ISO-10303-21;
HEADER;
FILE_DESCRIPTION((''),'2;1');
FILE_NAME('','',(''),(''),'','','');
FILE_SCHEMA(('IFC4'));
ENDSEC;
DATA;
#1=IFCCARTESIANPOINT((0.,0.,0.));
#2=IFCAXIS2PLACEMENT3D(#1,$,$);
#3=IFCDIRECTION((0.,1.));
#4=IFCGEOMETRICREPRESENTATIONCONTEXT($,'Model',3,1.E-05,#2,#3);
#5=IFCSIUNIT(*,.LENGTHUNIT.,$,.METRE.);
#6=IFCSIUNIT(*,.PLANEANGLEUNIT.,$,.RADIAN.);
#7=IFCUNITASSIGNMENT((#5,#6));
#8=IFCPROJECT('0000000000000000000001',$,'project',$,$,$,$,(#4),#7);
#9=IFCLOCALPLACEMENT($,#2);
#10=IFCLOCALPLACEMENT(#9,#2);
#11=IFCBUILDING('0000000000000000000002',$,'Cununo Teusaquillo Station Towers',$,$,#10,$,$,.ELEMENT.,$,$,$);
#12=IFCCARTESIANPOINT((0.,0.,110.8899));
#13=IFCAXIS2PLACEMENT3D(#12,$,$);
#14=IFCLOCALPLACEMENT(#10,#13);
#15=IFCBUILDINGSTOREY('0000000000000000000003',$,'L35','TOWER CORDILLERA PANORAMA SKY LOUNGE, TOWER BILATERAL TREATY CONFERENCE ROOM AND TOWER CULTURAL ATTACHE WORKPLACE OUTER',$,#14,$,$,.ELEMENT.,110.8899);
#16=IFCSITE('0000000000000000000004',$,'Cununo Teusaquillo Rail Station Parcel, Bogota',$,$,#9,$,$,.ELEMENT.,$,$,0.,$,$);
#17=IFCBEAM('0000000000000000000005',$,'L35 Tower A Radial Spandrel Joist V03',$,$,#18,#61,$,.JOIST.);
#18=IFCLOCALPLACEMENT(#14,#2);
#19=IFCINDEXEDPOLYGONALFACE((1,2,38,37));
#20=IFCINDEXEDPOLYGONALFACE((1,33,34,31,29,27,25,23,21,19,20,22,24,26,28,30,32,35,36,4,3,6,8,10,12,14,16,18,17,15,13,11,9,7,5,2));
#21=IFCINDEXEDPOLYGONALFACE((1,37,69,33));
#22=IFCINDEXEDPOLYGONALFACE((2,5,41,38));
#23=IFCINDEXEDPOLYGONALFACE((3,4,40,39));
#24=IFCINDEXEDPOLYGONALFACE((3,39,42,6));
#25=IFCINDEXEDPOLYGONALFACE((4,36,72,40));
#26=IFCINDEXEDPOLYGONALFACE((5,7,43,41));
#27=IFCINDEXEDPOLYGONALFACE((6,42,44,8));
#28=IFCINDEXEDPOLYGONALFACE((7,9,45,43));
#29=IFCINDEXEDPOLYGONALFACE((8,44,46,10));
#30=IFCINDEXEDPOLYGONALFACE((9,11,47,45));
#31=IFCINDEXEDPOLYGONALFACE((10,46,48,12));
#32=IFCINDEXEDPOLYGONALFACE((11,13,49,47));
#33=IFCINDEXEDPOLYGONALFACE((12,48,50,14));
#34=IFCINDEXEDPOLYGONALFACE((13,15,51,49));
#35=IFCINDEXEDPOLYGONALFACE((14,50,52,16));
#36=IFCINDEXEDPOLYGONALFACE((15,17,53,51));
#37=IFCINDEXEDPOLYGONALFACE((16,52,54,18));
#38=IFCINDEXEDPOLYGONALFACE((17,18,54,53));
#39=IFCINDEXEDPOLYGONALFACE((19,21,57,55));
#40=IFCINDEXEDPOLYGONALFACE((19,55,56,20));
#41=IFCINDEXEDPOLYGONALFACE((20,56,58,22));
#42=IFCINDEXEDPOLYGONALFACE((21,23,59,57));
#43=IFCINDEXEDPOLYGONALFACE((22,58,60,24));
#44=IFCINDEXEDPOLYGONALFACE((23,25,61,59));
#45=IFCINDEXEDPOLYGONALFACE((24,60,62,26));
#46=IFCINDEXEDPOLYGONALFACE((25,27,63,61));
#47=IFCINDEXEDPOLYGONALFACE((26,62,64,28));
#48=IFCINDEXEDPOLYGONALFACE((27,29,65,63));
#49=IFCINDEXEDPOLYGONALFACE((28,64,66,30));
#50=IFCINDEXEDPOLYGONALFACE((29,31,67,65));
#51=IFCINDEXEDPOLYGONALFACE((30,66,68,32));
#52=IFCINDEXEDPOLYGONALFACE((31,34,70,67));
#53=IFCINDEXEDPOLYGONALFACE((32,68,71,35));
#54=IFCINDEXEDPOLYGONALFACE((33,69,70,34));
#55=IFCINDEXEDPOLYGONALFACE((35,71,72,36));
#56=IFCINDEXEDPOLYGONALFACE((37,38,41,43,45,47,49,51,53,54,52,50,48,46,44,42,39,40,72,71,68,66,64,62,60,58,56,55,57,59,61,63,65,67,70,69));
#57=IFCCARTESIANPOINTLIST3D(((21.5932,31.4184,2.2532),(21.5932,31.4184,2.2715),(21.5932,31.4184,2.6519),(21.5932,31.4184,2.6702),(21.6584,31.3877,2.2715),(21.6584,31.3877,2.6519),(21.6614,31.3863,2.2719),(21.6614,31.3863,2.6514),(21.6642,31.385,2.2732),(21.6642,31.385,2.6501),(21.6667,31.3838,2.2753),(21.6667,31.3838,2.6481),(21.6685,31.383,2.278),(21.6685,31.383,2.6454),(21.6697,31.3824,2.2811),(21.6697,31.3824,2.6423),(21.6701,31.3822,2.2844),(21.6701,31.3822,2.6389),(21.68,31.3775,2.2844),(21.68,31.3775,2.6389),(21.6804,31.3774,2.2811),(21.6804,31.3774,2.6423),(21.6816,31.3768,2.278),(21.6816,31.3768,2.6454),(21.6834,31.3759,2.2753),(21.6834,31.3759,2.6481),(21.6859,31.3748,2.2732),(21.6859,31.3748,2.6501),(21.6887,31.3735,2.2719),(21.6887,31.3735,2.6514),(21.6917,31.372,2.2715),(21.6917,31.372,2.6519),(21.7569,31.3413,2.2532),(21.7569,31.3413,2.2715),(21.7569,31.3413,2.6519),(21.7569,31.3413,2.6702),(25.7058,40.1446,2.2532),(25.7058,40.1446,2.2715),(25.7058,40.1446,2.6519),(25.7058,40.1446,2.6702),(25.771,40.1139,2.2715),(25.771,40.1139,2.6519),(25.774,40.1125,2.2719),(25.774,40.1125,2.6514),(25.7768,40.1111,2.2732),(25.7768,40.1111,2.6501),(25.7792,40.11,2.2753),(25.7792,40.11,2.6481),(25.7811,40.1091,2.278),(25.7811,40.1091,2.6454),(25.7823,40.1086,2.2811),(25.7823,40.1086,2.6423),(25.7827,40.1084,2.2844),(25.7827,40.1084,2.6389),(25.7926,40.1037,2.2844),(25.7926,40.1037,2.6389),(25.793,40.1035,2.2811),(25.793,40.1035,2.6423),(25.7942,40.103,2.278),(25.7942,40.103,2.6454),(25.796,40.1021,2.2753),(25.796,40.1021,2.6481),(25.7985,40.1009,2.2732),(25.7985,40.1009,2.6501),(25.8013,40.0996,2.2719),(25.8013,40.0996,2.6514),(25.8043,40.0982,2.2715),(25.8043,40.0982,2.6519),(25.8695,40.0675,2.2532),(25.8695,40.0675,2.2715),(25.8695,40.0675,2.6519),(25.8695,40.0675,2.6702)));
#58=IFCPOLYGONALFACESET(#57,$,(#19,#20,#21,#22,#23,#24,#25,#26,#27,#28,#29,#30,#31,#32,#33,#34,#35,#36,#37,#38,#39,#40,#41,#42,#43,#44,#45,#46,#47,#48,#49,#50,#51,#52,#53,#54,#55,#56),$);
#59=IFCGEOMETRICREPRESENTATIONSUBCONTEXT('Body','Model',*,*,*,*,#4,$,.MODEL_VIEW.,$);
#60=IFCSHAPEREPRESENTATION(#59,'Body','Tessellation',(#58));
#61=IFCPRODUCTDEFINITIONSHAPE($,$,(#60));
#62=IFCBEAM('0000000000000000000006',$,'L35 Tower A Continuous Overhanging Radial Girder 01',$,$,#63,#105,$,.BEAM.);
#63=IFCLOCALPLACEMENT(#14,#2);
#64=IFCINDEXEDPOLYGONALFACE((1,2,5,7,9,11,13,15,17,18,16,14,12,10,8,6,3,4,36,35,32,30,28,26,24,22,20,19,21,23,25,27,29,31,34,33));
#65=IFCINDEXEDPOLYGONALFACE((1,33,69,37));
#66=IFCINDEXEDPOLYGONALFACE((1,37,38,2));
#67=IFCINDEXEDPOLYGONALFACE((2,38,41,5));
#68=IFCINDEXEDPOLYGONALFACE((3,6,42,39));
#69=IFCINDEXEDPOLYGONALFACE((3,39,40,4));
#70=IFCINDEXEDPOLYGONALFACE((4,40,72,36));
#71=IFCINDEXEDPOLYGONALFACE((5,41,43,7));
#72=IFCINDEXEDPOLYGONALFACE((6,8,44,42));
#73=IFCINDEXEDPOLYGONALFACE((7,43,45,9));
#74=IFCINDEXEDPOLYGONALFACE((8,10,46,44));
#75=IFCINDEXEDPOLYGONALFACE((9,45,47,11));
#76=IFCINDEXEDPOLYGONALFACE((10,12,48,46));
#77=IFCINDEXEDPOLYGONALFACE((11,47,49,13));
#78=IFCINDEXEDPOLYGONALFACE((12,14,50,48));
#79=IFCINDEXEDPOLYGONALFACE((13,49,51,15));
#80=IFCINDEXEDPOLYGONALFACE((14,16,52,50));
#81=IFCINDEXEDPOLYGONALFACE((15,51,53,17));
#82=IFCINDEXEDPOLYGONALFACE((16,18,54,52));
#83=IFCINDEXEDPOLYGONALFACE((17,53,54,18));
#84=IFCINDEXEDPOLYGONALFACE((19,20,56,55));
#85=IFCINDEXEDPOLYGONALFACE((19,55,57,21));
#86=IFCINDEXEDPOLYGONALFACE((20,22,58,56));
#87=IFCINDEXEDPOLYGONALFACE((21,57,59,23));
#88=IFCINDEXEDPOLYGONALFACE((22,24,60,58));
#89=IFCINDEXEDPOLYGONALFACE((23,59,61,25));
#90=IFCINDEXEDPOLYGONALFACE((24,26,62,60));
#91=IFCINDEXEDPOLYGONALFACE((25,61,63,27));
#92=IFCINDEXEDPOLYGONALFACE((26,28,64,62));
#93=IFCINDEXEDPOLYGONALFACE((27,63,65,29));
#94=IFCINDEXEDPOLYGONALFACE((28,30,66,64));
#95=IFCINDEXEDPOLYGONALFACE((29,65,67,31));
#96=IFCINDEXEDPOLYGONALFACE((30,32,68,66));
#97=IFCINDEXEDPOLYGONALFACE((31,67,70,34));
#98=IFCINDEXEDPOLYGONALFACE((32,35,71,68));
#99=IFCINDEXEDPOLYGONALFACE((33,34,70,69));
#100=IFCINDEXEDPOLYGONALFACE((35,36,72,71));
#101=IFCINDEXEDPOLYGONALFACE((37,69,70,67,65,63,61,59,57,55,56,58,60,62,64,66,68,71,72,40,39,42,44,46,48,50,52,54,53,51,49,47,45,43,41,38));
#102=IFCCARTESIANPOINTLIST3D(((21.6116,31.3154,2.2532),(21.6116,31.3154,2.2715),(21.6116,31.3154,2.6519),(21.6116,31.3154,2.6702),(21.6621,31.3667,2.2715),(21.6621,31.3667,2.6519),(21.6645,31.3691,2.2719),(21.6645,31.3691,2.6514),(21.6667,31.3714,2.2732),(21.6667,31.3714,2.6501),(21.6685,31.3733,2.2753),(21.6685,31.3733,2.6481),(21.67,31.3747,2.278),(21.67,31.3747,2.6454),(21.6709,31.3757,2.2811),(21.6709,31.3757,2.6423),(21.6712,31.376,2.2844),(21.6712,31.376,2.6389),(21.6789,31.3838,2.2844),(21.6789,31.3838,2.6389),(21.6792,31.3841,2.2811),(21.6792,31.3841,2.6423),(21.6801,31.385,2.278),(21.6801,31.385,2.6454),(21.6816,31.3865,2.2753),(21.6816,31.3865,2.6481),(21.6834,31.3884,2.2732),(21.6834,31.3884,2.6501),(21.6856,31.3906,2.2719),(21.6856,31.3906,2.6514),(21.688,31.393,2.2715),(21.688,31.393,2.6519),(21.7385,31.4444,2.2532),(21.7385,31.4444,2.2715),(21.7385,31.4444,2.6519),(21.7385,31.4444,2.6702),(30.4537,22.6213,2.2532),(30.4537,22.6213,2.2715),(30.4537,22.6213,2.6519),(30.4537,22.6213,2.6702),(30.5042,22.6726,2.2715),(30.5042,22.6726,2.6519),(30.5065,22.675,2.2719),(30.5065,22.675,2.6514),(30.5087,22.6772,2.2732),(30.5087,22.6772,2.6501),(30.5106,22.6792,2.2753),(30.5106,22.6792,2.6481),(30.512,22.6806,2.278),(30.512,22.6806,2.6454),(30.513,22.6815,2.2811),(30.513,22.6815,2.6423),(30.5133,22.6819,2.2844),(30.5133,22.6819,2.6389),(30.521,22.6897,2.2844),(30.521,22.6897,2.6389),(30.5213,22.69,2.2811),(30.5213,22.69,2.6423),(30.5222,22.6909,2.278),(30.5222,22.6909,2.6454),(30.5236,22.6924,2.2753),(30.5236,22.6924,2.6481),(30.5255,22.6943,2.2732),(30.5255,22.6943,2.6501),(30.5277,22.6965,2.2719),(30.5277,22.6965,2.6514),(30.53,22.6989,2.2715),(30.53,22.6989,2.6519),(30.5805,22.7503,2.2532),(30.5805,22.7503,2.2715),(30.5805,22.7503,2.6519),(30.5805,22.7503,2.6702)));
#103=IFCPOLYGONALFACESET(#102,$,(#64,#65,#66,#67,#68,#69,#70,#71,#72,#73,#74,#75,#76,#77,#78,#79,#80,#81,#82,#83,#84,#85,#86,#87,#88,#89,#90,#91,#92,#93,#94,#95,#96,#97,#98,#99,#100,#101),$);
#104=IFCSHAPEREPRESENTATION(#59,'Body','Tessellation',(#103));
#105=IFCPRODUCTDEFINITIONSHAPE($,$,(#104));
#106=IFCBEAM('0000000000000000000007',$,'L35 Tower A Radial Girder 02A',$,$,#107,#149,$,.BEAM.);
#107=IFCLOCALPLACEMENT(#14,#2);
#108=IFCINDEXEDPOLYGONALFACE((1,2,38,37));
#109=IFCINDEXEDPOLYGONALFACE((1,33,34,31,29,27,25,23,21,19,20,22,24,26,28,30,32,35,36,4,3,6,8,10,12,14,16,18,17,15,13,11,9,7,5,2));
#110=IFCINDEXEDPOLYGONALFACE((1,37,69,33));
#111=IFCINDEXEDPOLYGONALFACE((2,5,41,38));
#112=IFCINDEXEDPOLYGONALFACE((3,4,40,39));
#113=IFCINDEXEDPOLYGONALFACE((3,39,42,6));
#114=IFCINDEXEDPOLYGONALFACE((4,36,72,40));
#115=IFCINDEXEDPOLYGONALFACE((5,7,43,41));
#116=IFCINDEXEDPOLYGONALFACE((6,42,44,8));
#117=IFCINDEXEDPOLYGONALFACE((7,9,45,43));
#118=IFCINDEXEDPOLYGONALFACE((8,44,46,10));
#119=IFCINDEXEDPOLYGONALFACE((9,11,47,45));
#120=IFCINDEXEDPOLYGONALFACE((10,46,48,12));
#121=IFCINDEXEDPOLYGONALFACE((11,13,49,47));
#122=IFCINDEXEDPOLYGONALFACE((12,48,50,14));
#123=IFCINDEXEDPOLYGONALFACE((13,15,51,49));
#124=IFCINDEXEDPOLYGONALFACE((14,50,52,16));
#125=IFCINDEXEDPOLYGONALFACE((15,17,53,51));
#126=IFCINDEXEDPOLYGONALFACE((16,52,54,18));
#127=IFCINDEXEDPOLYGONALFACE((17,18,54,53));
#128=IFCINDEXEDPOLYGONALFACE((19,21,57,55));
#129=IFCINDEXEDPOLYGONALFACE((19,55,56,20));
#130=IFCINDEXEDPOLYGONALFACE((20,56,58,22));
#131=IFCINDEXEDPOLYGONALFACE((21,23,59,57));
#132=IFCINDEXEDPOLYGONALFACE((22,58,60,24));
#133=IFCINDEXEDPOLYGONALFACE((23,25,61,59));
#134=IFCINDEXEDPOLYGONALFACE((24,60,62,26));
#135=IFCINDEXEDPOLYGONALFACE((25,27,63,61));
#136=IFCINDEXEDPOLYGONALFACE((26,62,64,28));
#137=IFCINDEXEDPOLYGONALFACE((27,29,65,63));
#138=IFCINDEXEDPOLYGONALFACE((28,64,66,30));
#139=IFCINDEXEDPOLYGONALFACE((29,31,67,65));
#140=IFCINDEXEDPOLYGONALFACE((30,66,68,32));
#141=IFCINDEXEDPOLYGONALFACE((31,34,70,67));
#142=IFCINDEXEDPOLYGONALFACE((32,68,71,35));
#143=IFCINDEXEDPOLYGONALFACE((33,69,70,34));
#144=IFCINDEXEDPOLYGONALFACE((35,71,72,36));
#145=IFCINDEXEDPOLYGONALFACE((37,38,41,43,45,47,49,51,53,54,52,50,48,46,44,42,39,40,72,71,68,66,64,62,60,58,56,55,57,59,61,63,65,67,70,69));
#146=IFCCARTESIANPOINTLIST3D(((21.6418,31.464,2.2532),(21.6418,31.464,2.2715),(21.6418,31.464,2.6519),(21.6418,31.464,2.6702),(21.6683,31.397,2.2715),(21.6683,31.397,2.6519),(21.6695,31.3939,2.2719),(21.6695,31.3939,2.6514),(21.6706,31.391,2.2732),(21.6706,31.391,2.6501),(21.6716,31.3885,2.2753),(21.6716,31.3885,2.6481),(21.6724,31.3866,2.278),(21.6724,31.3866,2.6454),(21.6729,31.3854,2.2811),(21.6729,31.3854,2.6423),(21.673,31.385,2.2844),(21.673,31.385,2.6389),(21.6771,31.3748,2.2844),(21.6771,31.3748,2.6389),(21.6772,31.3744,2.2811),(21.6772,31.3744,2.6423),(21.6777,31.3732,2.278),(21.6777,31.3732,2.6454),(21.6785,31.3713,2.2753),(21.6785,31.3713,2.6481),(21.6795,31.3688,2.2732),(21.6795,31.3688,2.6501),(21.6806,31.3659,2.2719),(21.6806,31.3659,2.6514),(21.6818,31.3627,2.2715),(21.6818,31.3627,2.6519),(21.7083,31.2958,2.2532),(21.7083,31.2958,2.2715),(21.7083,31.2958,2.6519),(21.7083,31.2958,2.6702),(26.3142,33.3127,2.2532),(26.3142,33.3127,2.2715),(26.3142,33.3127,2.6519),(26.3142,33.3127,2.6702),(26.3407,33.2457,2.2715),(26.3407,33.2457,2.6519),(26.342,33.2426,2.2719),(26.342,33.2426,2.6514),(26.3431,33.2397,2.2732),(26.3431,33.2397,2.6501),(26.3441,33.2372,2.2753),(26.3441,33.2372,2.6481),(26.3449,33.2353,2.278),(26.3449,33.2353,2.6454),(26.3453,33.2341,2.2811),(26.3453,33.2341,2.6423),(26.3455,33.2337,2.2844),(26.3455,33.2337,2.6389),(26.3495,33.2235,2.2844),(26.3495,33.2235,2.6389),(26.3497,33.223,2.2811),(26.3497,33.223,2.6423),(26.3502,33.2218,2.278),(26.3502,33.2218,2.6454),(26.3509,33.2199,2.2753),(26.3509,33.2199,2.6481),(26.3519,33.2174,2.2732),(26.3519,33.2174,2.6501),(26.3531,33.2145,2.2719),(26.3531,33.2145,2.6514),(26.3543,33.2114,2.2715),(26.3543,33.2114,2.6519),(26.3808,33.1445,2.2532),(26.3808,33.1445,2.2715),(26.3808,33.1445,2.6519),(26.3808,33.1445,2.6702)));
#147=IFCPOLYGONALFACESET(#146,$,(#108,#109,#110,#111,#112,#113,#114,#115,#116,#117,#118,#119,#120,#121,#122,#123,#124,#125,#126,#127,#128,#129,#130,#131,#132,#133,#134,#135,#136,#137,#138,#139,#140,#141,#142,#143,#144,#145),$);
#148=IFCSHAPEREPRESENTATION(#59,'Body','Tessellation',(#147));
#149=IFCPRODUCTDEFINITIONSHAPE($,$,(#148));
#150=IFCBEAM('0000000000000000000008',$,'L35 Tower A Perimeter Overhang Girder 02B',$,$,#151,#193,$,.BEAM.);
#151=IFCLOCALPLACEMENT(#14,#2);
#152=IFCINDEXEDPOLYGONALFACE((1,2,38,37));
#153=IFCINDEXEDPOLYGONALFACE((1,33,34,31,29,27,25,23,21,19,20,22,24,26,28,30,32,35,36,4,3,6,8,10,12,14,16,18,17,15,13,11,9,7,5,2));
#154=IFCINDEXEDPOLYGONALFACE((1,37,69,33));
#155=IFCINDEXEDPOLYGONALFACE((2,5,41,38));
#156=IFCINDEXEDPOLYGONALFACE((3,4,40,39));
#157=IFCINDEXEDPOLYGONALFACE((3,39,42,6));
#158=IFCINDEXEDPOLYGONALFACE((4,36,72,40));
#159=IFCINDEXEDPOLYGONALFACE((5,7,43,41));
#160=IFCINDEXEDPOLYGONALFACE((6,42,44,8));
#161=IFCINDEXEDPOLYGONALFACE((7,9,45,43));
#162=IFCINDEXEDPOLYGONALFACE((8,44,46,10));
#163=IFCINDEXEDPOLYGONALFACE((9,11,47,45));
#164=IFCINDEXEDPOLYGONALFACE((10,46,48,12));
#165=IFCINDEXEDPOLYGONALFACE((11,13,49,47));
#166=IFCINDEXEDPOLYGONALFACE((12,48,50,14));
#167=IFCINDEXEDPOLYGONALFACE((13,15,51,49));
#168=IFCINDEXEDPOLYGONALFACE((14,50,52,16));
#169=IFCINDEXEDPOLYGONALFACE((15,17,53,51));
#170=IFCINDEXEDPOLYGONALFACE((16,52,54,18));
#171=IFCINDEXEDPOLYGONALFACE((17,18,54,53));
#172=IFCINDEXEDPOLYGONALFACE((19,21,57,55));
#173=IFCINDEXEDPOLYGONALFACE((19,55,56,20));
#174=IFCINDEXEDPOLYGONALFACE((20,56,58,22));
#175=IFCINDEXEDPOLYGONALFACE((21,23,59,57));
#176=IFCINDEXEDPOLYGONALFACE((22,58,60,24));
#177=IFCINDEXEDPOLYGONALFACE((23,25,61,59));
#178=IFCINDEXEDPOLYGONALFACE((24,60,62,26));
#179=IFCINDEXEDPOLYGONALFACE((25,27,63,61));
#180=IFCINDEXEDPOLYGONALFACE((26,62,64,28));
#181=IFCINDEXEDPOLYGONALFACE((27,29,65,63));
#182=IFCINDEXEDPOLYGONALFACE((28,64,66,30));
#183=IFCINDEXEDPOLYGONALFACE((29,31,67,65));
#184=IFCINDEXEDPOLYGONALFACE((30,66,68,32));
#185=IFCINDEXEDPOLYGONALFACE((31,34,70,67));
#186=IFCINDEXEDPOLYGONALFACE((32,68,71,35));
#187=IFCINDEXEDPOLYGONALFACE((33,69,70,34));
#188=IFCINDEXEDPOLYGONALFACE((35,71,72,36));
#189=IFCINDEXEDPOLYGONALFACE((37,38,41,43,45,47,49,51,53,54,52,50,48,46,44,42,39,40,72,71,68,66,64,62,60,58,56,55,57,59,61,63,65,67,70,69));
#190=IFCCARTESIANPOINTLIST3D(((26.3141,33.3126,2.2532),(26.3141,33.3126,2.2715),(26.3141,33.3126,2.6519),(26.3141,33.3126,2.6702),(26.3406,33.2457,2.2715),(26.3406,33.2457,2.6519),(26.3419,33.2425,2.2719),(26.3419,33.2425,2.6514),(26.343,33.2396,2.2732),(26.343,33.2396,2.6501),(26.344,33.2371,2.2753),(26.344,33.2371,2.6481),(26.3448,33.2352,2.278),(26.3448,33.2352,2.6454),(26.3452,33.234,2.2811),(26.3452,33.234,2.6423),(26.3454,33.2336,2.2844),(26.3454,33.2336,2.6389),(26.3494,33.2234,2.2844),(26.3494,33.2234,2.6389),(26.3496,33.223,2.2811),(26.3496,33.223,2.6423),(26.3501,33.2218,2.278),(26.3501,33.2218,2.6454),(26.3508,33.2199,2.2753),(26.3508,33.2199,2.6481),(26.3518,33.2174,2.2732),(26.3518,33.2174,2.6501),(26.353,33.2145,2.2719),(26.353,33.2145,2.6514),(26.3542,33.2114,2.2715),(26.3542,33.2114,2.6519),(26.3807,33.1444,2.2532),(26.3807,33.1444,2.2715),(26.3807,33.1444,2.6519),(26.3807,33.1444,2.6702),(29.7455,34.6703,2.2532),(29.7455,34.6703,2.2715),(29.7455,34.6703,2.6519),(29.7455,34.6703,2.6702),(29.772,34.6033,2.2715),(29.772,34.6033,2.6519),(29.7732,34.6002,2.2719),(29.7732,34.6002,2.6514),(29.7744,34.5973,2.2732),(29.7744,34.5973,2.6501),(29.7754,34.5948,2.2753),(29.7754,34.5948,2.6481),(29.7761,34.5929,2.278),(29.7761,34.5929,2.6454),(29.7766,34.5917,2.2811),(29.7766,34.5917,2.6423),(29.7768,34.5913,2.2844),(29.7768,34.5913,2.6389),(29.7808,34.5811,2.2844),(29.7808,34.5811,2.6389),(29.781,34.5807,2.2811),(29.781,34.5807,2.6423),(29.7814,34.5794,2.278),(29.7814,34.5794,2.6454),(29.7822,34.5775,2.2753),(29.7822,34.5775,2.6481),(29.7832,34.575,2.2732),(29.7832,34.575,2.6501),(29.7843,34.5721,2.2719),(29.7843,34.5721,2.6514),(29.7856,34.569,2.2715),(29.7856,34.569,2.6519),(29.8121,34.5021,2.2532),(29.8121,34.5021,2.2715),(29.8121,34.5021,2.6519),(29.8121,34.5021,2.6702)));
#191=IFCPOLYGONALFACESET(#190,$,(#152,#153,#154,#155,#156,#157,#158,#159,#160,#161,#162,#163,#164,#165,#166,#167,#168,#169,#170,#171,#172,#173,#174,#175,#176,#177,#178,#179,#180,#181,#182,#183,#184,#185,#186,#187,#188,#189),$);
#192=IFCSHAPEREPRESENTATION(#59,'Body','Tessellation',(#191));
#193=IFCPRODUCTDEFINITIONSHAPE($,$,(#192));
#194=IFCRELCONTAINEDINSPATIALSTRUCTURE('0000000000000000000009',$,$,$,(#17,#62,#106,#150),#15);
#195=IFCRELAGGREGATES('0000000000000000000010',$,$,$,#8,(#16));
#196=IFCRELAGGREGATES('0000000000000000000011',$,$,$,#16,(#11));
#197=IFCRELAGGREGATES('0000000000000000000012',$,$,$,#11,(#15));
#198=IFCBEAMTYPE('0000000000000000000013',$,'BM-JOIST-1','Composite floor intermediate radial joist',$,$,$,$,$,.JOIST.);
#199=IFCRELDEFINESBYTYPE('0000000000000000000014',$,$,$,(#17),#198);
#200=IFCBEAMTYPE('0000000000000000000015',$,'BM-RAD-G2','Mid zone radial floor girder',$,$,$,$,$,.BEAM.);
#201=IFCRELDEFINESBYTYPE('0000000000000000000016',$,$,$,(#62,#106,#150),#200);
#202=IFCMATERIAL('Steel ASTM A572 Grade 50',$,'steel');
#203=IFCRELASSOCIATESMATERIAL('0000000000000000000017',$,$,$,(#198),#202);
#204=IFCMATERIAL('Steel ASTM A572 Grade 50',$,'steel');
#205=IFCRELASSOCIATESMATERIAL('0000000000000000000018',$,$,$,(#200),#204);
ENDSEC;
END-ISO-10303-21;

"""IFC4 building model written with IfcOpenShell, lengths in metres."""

from ifc_helpers import new_model, si_unit, direction, frame, origin, origin_2d, place, context, subcontext, project, spatial, i_section, extrude, material, material_profile, profile_set, type_object, element, save


model = new_model("IFC4")

# Units and contexts
model_context = context("Model", 3, precision=1e-05, world=origin(), true_north=direction((0.0, 1.0)))
body_context = subcontext(model_context, "Body", "Model", "MODEL_VIEW")
ifc_project = project(units=[si_unit("LENGTHUNIT", "METRE"), si_unit("PLANEANGLEUNIT", "RADIAN")], contexts=[model_context])

# Site, building, storey
site_placement = place(None, origin())
site = spatial("IfcSite", under=ifc_project, at=site_placement, Name="Cununo Teusaquillo Rail Station Parcel, Bogota", CompositionType="ELEMENT", RefElevation=0.0)
building_placement = place(site_placement, origin())
building = spatial("IfcBuilding", under=site, at=building_placement, Name="Cununo Teusaquillo Station Towers", CompositionType="ELEMENT")
storey_placement = place(building_placement, frame((0.0, 0.0, 110.8899)))
storey = spatial("IfcBuildingStorey", under=building, at=storey_placement, Name="L35", Description="TOWER CORDILLERA PANORAMA SKY LOUNGE, TOWER BILATERAL TREATY CONFERENCE ROOM AND TOWER CULTURAL ATTACHE WORKPLACE OUTER", CompositionType="ELEMENT", Elevation=110.8899)

# Beams
ifc_material_1 = material(Name="Steel ASTM A572 Grade 50", Category="steel")
ifc_material_profile_1 = material_profile(ifc_material_1, i_section(OverallWidth=0.1809, OverallDepth=0.417, WebThickness=0.011, FlangeThickness=0.0183, FilletRadius=0.0129, at=origin_2d()), Name="W16X57")
ifc_profile_set_1 = profile_set([ifc_material_profile_1], Name="Steel ASTM A572 Grade 50")
beam_type_1 = type_object("IfcBeamType", Name="BM-JOIST-1", Description="Composite floor intermediate radial joist", PredefinedType="JOIST", material=ifc_profile_set_1)
beam_1_placement = place(storey_placement, frame((21.675, 31.3799, 2.4617), z_axis=(0.42632, 0.904572, 0.0), x_axis=(-0.904572, 0.42632, 0.0)))
element("IfcBeam", 1, at=beam_1_placement, inside=storey, type_object=beam_type_1, Name="L35 Tower A Radial Spandrel Joist V03", PredefinedType="JOIST", context=body_context, shape_type="SweptSolid", body=[
    extrude(i_section(OverallWidth=0.1809, OverallDepth=0.417, WebThickness=0.011, FlangeThickness=0.0183, FilletRadius=0.0129, at=origin_2d()), origin(), (0.0, 0.0, 1.0), 9.6467),
])
ifc_material_2 = material(Name="Steel ASTM A572 Grade 50", Category="steel")
ifc_material_profile_2 = material_profile(ifc_material_2, i_section(OverallWidth=0.1809, OverallDepth=0.417, WebThickness=0.011, FlangeThickness=0.0183, FilletRadius=0.0129, at=origin_2d()), Name="W16X57")
ifc_profile_set_2 = profile_set([ifc_material_profile_2], Name="Steel ASTM A572 Grade 50")
beam_type_2 = type_object("IfcBeamType", Name="BM-RAD-G2", Description="Mid zone radial floor girder", PredefinedType="BEAM", material=ifc_profile_set_2)
beam_2_placement = place(storey_placement, frame((21.675, 31.3799, 2.4617), z_axis=(0.713047, -0.701116, 0.0), x_axis=(0.701116, 0.713047, 0.0)))
element("IfcBeam", 2, at=beam_2_placement, inside=storey, type_object=beam_type_2, Name="L35 Tower A Continuous Overhanging Radial Girder 01", PredefinedType="BEAM", context=body_context, shape_type="SweptSolid", body=[
    extrude(i_section(OverallWidth=0.1809, OverallDepth=0.417, WebThickness=0.011, FlangeThickness=0.0183, FilletRadius=0.0129, at=origin_2d()), origin(), (0.0, 0.0, 1.0), 12.4004),
])
beam_3_placement = place(storey_placement, frame((21.675, 31.3799, 2.4617), z_axis=(0.929864, 0.367903, 0.0), x_axis=(-0.367903, 0.929864, 0.0)))
element("IfcBeam", 3, at=beam_3_placement, inside=storey, type_object=beam_type_2, Name="L35 Tower A Radial Girder 02A", PredefinedType="BEAM", context=body_context, shape_type="SweptSolid", body=[
    extrude(i_section(OverallWidth=0.1809, OverallDepth=0.417, WebThickness=0.011, FlangeThickness=0.0183, FilletRadius=0.0129, at=origin_2d()), origin(), (0.0, 0.0, 1.0), 5.0249),
])
beam_4_placement = place(storey_placement, frame((26.3474, 33.2285, 2.4617), z_axis=(0.929862, 0.367909, 0.0), x_axis=(-0.367909, 0.929862, 0.0)))
element("IfcBeam", 4, at=beam_4_placement, inside=storey, type_object=beam_type_2, Name="L35 Tower A Perimeter Overhang Girder 02B", PredefinedType="BEAM", context=body_context, shape_type="SweptSolid", body=[
    extrude(i_section(OverallWidth=0.1809, OverallDepth=0.417, WebThickness=0.011, FlangeThickness=0.0183, FilletRadius=0.0129, at=origin_2d()), origin(), (0.0, 0.0, 1.0), 3.6902),
])

save(model, "model.ifc")
